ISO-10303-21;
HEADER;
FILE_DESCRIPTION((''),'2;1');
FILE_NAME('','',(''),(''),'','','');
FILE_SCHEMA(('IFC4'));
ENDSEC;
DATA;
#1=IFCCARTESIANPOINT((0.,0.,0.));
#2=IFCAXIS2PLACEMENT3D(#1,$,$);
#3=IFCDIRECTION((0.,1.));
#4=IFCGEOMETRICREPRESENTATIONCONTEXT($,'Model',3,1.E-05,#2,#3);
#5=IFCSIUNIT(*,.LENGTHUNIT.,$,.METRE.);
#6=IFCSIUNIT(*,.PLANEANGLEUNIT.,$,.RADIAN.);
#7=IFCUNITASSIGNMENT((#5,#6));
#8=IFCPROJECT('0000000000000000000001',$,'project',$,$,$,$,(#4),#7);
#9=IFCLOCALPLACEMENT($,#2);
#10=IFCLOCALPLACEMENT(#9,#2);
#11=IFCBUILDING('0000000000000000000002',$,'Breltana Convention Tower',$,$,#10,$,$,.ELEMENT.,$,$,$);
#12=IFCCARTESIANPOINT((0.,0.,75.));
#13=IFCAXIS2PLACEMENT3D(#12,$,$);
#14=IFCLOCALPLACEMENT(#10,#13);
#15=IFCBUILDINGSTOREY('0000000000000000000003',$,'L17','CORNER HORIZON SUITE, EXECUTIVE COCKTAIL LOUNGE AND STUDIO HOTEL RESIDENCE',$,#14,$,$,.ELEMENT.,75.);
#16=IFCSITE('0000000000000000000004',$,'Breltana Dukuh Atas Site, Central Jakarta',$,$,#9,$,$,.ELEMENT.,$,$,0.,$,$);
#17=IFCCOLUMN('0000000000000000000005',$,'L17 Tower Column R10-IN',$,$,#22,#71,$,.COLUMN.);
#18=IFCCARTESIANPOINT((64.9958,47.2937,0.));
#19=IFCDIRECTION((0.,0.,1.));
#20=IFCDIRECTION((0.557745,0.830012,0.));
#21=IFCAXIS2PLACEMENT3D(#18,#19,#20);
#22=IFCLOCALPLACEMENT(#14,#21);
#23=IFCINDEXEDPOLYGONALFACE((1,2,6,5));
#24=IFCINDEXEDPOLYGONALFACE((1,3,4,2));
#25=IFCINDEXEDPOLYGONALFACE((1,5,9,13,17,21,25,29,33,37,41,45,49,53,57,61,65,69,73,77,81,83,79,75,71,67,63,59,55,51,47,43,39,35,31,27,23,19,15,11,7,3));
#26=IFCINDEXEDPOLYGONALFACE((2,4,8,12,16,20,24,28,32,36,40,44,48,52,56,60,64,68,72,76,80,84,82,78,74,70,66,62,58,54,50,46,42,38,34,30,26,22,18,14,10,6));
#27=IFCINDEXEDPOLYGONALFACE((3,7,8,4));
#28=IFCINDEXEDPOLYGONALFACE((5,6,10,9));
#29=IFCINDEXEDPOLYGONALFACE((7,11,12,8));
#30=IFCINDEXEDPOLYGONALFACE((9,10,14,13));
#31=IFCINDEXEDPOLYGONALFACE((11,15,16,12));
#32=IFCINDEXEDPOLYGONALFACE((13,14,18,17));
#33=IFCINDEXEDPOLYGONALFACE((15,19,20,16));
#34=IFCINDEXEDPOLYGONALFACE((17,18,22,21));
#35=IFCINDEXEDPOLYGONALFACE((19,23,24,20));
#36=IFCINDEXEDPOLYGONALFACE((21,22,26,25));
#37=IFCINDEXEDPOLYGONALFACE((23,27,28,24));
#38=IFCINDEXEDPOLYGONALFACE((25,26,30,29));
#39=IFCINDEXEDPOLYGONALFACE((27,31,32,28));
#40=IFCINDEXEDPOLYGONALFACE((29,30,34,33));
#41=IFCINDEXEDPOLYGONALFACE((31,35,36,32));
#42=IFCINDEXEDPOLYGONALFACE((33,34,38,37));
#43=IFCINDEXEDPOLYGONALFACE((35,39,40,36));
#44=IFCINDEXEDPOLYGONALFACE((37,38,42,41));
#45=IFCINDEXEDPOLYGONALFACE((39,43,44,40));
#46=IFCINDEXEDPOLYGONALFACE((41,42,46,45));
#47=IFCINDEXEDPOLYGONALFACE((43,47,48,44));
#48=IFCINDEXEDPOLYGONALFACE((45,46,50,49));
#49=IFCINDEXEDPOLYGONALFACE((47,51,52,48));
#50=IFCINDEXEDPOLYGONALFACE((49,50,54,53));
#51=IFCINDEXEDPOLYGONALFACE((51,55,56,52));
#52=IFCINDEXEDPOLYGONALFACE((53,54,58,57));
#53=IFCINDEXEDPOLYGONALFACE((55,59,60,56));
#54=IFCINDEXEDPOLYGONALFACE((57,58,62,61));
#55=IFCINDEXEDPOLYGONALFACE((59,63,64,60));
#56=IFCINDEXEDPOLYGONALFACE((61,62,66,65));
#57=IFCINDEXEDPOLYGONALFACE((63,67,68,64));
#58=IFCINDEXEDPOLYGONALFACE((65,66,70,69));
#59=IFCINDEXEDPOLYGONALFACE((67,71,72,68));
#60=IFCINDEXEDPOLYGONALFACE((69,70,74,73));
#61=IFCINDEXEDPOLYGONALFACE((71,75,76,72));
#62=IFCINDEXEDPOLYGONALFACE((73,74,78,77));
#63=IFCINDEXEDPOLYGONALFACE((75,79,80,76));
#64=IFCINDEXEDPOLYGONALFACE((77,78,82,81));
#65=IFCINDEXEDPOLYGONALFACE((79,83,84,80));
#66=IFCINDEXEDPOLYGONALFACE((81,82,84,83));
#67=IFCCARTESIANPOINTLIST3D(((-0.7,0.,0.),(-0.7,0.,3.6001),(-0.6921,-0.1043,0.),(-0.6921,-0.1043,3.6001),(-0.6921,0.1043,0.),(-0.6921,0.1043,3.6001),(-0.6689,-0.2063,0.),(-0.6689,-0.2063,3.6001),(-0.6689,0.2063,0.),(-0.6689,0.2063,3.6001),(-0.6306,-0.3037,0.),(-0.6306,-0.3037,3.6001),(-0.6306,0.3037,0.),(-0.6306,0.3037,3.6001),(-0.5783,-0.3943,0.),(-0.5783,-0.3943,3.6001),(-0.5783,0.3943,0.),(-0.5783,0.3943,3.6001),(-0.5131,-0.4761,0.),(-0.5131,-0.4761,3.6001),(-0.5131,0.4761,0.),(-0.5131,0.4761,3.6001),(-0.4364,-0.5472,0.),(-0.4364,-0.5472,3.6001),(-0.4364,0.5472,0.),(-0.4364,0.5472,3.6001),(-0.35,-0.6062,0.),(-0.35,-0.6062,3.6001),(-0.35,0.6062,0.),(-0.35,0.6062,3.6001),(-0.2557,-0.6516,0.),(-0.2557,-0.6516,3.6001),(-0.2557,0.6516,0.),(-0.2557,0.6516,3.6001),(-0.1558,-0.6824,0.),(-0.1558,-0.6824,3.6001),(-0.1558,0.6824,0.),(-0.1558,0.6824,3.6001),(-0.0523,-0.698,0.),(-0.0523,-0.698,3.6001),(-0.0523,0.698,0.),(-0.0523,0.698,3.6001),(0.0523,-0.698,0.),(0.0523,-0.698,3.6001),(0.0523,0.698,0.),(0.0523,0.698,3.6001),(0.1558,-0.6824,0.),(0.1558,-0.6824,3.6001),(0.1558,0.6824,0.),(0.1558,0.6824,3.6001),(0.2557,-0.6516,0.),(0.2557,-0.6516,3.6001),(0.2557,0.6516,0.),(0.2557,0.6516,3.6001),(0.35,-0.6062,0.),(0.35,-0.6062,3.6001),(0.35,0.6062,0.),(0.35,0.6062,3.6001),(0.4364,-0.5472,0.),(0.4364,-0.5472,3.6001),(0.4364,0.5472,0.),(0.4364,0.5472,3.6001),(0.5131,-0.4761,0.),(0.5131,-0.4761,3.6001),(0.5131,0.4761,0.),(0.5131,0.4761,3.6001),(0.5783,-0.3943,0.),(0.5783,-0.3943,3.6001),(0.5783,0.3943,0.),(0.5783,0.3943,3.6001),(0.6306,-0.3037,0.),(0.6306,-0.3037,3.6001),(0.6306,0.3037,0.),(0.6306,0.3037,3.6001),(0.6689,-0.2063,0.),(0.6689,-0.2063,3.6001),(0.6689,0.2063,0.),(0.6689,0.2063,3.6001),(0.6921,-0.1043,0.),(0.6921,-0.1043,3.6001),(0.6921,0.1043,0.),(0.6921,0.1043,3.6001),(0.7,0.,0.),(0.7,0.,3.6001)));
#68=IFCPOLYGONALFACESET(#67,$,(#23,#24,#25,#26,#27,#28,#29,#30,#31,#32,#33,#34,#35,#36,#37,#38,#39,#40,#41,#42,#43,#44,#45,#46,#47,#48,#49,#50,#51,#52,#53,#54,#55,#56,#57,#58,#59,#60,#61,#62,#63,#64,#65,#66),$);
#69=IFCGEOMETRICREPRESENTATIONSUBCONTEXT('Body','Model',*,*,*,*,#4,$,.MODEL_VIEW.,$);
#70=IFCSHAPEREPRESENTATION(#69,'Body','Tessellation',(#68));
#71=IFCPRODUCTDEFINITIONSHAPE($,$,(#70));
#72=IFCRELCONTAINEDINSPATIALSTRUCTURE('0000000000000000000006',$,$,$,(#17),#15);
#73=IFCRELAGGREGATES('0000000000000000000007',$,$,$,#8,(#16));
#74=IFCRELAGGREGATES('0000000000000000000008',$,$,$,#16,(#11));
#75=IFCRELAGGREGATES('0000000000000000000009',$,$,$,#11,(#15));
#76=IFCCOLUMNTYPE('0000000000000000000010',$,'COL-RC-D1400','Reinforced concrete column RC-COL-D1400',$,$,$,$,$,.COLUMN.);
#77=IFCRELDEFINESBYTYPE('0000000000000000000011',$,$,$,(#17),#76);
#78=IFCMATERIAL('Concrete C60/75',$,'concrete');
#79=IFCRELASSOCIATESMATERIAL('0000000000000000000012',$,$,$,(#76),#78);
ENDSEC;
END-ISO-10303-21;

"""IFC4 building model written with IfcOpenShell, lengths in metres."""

from ifc_helpers import new_model, si_unit, direction, frame, origin, origin_2d, place, context, subcontext, project, spatial, circle, extrude, source, transform, mapped, material, material_profile, profile_set, type_object, element, save


model = new_model("IFC4")

# Units and contexts
model_context = context("Model", 3, precision=1e-05, world=origin(), true_north=direction((0.0, 1.0)))
body_context = subcontext(model_context, "Body", "Model", "MODEL_VIEW")
ifc_project = project(units=[si_unit("LENGTHUNIT", "METRE"), si_unit("PLANEANGLEUNIT", "RADIAN")], contexts=[model_context])

# Site, building, storey
site_placement = place(None, origin())
site = spatial("IfcSite", under=ifc_project, at=site_placement, Name="Breltana Dukuh Atas Site, Central Jakarta", CompositionType="ELEMENT", RefElevation=0.0)
building_placement = place(site_placement, origin())
building = spatial("IfcBuilding", under=site, at=building_placement, Name="Breltana Convention Tower", CompositionType="ELEMENT")
storey_placement = place(building_placement, frame((0.0, 0.0, 75.0)))
storey = spatial("IfcBuildingStorey", under=building, at=storey_placement, Name="L17", Description="CORNER HORIZON SUITE, EXECUTIVE COCKTAIL LOUNGE AND STUDIO HOTEL RESIDENCE", CompositionType="ELEMENT", Elevation=75.0)

# Column
ifc_material_1 = material(Name="Concrete C60/75", Category="concrete")
ifc_material_profile_1 = material_profile(ifc_material_1, circle(Radius=0.7, at=origin_2d()), Name="RC-COL-D1400")
ifc_profile_set_1 = profile_set([ifc_material_profile_1], Name="Concrete C60/75")
column_type = type_object("IfcColumnType", Name="COL-RC-D1400", Description="Reinforced concrete column RC-COL-D1400", PredefinedType="COLUMN", material=ifc_profile_set_1)
shared_shape_1 = source(origin(), body_context, "Body", "SweptSolid", [
    extrude(circle(Radius=0.7, at=origin_2d()), origin(), (0.0, 0.0, 1.0), 3.6001),
])
column_placement = place(storey_placement, frame((64.9958, 47.2937, 0.0), z_axis=(0.0, 0.0, 1.0), x_axis=(0.557745, 0.830012, 0.0)))
element("IfcColumn", 1, at=column_placement, inside=storey, type_object=column_type, Name="L17 Tower Column R10-IN", PredefinedType="COLUMN", context=body_context, shape_type="MappedRepresentation", body=[
    mapped(shared_shape_1, transform((0.0, 0.0, 0.0), scale=1.0)),
])

save(model, "model.ifc")
